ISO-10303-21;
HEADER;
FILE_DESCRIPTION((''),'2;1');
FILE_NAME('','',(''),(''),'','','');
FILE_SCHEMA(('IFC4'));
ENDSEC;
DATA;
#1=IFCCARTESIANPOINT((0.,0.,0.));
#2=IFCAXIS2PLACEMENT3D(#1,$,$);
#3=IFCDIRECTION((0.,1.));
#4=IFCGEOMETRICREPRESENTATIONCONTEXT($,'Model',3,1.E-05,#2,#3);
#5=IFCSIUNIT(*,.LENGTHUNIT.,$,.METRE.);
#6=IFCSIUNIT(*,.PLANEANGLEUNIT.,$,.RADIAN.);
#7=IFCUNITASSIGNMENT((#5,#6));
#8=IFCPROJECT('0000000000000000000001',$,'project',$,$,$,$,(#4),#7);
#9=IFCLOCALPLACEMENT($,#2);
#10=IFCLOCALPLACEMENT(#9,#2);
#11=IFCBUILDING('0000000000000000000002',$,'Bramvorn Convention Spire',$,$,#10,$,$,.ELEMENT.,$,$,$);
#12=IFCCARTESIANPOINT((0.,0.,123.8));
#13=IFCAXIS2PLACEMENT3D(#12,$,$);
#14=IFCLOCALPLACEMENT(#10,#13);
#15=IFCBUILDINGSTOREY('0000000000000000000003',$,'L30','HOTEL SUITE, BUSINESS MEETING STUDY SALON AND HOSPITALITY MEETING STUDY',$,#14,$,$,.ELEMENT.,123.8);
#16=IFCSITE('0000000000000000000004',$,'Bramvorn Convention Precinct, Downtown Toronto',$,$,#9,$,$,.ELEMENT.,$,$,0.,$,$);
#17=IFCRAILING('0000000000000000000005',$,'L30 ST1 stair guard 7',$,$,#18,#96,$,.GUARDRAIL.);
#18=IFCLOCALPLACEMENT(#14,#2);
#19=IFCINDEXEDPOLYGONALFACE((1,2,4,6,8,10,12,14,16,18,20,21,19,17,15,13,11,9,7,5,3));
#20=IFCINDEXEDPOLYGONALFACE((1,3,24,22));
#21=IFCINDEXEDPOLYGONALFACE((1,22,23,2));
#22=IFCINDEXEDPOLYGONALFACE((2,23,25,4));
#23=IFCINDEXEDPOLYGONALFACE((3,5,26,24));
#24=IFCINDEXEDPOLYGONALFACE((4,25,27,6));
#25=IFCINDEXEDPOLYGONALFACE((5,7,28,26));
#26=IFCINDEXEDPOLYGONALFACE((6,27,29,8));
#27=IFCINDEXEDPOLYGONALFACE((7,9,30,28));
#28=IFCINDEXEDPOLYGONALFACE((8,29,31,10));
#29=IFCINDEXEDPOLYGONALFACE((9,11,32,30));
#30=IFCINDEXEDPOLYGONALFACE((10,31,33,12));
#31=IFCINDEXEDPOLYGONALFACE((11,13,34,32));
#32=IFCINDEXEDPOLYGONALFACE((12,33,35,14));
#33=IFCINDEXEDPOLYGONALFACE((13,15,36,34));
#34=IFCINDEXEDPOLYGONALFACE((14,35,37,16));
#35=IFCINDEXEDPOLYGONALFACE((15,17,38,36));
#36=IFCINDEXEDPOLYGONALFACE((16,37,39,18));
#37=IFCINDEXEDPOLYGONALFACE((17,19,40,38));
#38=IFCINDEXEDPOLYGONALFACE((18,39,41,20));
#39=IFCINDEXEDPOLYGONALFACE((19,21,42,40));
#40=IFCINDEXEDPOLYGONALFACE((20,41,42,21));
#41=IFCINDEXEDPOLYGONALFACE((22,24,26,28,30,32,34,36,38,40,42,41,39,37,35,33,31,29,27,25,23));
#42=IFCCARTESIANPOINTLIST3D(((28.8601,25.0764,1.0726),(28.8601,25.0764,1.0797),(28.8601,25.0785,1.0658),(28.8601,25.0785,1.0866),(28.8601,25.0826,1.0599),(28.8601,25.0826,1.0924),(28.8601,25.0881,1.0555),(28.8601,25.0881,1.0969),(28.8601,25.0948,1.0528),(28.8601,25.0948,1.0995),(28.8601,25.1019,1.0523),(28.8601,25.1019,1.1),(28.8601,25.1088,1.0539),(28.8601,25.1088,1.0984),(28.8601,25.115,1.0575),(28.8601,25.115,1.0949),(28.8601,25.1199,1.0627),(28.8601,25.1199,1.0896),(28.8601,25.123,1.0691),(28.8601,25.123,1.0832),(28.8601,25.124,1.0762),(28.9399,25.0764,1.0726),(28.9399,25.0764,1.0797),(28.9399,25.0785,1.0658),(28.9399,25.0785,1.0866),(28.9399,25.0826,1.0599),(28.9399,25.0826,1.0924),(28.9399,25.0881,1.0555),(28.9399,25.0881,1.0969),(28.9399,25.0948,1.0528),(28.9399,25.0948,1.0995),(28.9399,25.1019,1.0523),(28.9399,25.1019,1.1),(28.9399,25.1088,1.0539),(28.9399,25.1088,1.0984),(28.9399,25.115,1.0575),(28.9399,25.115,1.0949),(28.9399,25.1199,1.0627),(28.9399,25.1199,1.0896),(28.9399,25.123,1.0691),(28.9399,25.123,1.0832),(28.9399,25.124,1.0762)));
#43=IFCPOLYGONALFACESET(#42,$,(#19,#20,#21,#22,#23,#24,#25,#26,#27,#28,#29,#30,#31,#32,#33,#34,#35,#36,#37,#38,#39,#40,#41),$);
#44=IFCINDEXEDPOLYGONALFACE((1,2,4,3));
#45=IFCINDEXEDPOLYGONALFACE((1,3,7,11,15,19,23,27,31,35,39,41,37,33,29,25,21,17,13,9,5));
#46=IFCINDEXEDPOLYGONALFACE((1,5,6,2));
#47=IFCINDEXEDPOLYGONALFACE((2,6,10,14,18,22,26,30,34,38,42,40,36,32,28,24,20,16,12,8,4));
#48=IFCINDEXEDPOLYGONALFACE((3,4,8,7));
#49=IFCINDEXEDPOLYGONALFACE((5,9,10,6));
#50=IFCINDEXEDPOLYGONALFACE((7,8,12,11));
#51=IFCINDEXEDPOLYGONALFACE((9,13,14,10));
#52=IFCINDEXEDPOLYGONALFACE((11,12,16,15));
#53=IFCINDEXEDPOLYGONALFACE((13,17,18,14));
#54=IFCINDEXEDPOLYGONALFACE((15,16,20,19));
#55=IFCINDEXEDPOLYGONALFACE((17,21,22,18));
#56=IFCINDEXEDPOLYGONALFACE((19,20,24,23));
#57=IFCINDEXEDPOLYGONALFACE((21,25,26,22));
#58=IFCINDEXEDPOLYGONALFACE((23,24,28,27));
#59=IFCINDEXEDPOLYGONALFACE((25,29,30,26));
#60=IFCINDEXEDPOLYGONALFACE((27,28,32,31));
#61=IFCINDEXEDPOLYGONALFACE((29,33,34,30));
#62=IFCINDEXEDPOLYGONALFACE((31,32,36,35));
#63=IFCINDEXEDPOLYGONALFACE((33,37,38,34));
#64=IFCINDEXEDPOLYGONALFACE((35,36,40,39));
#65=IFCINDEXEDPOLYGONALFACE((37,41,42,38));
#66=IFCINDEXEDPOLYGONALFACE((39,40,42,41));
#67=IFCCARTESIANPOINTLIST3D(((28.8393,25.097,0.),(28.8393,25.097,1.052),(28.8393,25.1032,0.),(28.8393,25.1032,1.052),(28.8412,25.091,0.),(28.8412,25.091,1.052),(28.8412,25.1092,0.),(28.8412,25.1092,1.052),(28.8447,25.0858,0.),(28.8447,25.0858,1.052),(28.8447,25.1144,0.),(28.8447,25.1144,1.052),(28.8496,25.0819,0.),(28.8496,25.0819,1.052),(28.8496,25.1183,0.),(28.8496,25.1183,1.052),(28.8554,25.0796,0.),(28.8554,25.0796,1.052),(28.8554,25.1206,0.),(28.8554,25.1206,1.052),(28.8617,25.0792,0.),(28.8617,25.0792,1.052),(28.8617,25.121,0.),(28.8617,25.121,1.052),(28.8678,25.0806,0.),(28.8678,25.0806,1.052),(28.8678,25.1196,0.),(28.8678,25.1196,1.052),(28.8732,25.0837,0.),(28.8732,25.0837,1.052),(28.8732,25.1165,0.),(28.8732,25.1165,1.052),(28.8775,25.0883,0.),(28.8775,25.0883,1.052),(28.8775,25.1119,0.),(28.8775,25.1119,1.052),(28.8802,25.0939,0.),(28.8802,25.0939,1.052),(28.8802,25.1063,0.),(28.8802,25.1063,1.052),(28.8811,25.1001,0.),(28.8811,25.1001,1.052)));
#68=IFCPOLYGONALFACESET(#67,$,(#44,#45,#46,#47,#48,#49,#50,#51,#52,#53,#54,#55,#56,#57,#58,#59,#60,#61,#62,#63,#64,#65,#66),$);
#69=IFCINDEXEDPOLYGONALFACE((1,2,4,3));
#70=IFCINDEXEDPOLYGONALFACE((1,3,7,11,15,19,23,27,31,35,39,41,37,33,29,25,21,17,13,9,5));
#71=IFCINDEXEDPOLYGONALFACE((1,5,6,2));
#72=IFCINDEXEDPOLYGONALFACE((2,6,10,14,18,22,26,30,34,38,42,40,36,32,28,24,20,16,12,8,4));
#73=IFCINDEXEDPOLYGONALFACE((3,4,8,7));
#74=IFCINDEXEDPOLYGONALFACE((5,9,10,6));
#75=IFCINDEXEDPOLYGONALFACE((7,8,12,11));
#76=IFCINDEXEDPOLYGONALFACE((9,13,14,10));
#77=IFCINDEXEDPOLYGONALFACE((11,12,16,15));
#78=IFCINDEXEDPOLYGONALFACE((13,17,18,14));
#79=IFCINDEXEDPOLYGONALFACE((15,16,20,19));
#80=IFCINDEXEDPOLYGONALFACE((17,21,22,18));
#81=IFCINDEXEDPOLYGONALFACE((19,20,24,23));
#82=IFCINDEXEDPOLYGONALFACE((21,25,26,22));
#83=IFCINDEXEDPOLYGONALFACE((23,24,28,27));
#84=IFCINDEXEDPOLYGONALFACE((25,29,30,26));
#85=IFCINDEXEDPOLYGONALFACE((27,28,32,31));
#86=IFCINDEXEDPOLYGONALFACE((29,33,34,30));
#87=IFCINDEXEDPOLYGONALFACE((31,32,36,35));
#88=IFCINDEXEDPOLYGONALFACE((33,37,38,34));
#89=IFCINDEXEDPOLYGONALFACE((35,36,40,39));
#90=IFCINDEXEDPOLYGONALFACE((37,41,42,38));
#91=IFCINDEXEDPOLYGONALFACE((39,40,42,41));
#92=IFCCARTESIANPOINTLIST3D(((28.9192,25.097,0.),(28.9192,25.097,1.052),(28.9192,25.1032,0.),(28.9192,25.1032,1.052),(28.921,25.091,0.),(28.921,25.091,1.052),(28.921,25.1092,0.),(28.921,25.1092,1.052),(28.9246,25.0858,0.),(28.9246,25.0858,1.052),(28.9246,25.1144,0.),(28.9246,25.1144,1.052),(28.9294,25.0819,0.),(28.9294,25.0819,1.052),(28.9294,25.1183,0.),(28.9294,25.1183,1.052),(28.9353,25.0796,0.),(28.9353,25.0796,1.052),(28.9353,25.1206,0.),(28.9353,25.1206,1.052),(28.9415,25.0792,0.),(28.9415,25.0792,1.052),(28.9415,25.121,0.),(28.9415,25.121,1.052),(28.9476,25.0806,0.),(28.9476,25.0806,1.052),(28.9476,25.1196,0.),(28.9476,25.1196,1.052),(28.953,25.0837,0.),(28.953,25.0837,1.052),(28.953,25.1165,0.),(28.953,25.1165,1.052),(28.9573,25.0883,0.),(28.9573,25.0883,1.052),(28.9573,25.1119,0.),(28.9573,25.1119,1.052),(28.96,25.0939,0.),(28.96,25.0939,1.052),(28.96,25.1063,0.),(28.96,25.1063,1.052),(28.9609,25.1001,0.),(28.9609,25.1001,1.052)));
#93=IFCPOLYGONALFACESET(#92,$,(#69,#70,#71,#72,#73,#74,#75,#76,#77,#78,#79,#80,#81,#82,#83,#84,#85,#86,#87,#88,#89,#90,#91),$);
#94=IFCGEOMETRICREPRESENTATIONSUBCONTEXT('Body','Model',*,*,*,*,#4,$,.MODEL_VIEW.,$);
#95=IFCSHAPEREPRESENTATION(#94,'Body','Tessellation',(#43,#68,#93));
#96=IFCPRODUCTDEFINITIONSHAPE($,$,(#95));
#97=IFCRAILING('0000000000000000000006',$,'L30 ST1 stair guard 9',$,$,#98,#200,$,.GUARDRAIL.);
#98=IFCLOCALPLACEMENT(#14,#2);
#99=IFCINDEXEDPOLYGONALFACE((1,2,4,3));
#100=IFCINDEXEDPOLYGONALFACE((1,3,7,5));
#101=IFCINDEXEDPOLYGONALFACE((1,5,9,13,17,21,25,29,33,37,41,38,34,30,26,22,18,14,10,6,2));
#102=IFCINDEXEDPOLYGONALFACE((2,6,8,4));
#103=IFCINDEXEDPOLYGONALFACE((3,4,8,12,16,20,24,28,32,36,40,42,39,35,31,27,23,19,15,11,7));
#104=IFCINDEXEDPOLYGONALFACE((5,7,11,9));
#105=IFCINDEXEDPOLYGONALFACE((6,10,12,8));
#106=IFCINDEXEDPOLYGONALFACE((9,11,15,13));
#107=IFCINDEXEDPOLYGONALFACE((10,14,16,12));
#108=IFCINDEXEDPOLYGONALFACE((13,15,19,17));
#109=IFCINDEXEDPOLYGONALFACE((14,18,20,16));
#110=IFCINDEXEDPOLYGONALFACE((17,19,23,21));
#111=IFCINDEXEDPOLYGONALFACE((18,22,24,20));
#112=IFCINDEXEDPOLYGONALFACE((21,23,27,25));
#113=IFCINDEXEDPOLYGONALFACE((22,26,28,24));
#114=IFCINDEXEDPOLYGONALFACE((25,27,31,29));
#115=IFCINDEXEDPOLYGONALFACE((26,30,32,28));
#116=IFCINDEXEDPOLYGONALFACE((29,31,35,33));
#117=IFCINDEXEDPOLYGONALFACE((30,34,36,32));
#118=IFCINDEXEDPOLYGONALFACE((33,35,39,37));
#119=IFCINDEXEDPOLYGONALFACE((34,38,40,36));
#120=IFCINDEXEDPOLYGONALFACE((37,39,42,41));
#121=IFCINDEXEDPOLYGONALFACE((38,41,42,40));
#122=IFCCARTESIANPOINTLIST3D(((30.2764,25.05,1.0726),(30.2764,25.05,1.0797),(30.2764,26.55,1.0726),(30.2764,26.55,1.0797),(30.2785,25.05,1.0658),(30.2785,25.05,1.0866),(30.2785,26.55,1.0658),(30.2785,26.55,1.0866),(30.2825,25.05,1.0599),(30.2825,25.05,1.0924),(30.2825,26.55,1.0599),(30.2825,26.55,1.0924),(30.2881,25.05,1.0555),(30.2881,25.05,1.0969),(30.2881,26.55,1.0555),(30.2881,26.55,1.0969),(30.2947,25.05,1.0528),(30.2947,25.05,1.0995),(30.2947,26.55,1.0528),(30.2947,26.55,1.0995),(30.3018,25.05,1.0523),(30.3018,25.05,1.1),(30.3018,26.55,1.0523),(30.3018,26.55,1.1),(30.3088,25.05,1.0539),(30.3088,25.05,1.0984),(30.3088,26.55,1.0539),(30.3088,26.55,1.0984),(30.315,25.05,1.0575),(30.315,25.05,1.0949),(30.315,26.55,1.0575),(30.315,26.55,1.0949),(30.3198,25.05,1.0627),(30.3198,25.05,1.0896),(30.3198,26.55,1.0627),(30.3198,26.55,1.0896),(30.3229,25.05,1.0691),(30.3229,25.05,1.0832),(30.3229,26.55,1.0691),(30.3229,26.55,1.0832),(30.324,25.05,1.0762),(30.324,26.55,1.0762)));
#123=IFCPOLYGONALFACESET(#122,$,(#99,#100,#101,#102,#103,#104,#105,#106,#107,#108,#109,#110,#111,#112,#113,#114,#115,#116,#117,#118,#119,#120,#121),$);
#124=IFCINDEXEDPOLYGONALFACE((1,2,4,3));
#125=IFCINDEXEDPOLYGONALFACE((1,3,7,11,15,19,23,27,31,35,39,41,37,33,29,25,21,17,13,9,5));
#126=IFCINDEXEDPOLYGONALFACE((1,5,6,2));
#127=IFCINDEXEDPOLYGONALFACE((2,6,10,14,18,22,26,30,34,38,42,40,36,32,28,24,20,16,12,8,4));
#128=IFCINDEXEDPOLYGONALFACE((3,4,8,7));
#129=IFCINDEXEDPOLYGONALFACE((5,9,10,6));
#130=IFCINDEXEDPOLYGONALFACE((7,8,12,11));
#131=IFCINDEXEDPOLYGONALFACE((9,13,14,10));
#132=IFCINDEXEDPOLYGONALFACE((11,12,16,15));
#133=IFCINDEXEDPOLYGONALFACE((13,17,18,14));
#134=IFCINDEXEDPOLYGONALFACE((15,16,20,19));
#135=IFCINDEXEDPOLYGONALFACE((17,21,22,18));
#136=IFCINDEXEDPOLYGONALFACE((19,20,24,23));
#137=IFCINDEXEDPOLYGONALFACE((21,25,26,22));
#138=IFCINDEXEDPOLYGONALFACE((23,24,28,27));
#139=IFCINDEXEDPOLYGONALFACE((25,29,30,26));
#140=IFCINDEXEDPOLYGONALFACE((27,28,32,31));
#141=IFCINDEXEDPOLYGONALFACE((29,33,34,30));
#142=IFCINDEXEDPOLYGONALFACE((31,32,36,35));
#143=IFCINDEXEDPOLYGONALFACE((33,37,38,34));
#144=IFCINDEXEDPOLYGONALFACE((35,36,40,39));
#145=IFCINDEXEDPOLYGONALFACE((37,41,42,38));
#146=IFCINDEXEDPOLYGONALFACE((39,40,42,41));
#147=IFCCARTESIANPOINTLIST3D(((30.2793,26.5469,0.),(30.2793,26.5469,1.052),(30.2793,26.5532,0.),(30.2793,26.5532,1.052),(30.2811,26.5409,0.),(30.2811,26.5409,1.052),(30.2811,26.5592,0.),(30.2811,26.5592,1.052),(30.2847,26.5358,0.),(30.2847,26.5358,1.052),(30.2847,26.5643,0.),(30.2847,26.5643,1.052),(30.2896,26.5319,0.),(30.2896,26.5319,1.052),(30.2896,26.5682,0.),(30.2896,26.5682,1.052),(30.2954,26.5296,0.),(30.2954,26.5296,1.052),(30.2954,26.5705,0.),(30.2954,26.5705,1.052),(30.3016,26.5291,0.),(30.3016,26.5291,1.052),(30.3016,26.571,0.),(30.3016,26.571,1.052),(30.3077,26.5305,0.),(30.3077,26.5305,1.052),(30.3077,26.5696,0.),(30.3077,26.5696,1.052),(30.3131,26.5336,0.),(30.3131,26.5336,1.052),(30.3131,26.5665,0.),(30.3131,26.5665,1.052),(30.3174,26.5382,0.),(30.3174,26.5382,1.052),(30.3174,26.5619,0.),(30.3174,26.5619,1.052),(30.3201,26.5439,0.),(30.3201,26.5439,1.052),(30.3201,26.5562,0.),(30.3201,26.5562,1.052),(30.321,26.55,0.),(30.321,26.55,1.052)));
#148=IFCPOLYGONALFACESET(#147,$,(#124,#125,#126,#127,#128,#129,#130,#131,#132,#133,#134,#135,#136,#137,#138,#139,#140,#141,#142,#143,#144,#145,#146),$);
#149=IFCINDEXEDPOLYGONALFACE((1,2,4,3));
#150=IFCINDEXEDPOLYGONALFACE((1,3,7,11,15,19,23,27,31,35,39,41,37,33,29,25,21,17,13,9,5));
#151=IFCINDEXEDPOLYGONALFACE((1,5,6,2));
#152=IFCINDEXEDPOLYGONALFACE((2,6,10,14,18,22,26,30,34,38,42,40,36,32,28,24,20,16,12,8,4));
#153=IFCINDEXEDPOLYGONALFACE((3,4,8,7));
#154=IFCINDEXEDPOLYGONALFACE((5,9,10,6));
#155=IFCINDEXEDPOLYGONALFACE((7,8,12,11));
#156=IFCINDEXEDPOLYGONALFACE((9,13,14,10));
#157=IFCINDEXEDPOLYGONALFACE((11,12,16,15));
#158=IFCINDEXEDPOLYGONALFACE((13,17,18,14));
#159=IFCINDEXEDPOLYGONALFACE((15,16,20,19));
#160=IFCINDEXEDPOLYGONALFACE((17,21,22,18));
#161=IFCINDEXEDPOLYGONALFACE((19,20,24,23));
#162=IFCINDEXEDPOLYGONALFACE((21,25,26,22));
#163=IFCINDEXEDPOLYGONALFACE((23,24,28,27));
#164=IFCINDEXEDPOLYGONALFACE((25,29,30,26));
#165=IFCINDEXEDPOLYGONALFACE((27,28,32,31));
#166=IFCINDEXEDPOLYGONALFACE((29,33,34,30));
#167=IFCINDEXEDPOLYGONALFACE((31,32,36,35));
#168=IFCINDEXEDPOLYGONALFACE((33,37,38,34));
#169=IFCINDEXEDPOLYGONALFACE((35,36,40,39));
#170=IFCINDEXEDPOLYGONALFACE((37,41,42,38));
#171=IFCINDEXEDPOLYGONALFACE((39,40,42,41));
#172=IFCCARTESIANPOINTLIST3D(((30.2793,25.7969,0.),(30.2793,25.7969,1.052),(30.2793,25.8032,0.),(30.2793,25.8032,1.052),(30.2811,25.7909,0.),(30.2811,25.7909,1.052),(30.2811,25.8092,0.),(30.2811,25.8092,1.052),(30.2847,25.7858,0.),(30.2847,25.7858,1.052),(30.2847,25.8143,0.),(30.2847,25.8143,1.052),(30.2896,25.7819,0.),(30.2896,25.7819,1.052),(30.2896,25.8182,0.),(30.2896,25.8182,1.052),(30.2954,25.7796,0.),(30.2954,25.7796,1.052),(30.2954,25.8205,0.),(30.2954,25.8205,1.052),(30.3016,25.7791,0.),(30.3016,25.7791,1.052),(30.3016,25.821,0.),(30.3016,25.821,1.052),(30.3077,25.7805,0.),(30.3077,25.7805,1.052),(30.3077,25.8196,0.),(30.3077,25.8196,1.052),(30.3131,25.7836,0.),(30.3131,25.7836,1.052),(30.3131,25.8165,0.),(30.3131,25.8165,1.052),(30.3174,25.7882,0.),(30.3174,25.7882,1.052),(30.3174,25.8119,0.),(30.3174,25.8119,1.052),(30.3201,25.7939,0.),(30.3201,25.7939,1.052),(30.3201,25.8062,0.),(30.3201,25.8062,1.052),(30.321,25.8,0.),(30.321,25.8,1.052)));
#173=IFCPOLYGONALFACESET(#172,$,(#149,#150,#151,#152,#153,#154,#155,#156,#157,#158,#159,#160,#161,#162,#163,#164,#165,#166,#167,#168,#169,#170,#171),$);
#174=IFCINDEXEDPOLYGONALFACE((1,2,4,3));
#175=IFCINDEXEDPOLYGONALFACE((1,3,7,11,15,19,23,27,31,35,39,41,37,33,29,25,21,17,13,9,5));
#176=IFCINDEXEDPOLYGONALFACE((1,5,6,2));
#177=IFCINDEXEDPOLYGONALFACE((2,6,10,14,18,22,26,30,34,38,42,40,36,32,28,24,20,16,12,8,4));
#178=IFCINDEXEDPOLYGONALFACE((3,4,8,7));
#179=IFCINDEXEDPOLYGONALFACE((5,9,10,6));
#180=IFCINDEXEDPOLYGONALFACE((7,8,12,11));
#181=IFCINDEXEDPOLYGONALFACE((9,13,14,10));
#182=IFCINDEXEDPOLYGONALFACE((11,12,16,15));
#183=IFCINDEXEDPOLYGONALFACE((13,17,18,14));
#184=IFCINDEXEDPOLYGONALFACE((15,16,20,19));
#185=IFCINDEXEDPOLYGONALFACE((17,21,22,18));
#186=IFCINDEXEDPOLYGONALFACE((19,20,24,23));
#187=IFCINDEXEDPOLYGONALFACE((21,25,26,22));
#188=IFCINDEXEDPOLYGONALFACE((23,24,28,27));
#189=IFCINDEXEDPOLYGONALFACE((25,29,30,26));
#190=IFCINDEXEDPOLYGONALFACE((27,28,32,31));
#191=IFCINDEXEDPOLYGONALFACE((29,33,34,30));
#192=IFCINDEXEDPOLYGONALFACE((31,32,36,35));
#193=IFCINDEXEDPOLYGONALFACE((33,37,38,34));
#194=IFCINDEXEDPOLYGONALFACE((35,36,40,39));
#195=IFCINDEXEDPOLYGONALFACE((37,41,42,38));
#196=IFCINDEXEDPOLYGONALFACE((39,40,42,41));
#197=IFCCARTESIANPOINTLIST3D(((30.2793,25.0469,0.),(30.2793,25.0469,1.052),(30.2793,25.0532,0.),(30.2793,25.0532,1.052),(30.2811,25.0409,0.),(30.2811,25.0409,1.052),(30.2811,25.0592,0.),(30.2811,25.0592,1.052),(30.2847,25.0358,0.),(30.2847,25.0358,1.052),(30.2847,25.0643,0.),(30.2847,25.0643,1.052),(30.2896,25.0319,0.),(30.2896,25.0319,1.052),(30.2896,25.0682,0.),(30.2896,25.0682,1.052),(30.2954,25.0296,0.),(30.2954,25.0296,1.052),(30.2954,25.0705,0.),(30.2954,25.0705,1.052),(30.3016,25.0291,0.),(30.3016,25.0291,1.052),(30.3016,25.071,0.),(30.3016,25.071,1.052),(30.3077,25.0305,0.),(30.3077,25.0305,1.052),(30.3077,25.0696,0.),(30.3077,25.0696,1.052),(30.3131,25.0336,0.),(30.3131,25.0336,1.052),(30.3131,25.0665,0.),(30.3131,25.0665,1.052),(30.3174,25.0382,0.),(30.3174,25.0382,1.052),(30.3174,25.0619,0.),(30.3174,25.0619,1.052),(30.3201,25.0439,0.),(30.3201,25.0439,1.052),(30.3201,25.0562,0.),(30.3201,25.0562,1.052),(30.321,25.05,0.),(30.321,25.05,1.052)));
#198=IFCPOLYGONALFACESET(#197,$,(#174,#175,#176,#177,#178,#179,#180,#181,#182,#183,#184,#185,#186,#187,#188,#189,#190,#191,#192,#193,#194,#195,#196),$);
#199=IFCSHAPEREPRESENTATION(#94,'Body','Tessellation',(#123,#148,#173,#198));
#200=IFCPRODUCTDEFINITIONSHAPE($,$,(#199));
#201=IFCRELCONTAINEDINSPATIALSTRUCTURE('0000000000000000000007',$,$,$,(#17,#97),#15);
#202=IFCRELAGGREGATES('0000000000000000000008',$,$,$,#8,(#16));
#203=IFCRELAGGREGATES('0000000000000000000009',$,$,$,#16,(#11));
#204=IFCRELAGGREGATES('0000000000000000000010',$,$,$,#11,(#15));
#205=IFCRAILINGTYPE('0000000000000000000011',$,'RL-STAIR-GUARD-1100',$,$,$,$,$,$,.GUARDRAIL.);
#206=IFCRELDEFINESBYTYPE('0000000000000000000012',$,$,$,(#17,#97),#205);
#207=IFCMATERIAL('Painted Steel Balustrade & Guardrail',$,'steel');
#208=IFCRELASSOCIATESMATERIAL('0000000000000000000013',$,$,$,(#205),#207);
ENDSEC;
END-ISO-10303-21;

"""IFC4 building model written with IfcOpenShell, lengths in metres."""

from ifc_helpers import new_model, si_unit, direction, frame, origin, origin_2d, place, context, subcontext, project, spatial, circle, extrude, material, type_object, element, save


model = new_model("IFC4")

# Units and contexts
model_context = context("Model", 3, precision=1e-05, world=origin(), true_north=direction((0.0, 1.0)))
body_context = subcontext(model_context, "Body", "Model", "MODEL_VIEW")
ifc_project = project(units=[si_unit("LENGTHUNIT", "METRE"), si_unit("PLANEANGLEUNIT", "RADIAN")], contexts=[model_context])

# Site, building, storey
site_placement = place(None, origin())
site = spatial("IfcSite", under=ifc_project, at=site_placement, Name="Bramvorn Convention Precinct, Downtown Toronto", CompositionType="ELEMENT", RefElevation=0.0)
building_placement = place(site_placement, origin())
building = spatial("IfcBuilding", under=site, at=building_placement, Name="Bramvorn Convention Spire", CompositionType="ELEMENT")
storey_placement = place(building_placement, frame((0.0, 0.0, 123.8)))
storey = spatial("IfcBuildingStorey", under=building, at=storey_placement, Name="L30", Description="HOTEL SUITE, BUSINESS MEETING STUDY SALON AND HOSPITALITY MEETING STUDY", CompositionType="ELEMENT", Elevation=123.8)

# Railings
ifc_material_1 = material(Name="Painted Steel Balustrade & Guardrail", Category="steel")
railing_type_1 = type_object("IfcRailingType", Name="RL-STAIR-GUARD-1100", PredefinedType="GUARDRAIL", material=ifc_material_1)
railing_1_placement = place(storey_placement, frame((28.8601, 25.1001, 0.0)))
element("IfcRailing", 1, at=railing_1_placement, inside=storey, type_object=railing_type_1, Name="L30 ST1 stair guard 7", PredefinedType="GUARDRAIL", context=body_context, shape_type="SweptSolid", body=[
    extrude(circle(Radius=0.0239, at=origin_2d()), frame((0.0, 0.0, 1.0762), z_axis=(1.0, 0.0, 0.0), x_axis=(0.0, 1.0, 0.0)), (0.0, 0.0, 1.0), 0.0798),
    extrude(circle(Radius=0.021, at=origin_2d()), origin(), (0.0, 0.0, 1.0), 1.052),
    extrude(circle(Radius=0.021, at=origin_2d()), frame((0.0798, 0.0, 0.0)), (0.0, 0.0, 1.0), 1.052),
])
railing_2_placement = place(storey_placement, frame((30.3, 26.55, 0.0)))
element("IfcRailing", 2, at=railing_2_placement, inside=storey, type_object=railing_type_1, Name="L30 ST1 stair guard 9", PredefinedType="GUARDRAIL", context=body_context, shape_type="SweptSolid", body=[
    extrude(circle(Radius=0.0239, at=origin_2d()), frame((0.0, 0.0, 1.0762), z_axis=(0.0, -1.0, 0.0), x_axis=(1.0, 0.0, 0.0)), (0.0, 0.0, 1.0), 1.5),
    extrude(circle(Radius=0.021, at=origin_2d()), origin(), (0.0, 0.0, 1.0), 1.052),
    extrude(circle(Radius=0.021, at=origin_2d()), frame((0.0, -0.75, 0.0)), (0.0, 0.0, 1.0), 1.052),
    extrude(circle(Radius=0.021, at=origin_2d()), frame((0.0, -1.5, 0.0)), (0.0, 0.0, 1.0), 1.052),
])

save(model, "model.ifc")
